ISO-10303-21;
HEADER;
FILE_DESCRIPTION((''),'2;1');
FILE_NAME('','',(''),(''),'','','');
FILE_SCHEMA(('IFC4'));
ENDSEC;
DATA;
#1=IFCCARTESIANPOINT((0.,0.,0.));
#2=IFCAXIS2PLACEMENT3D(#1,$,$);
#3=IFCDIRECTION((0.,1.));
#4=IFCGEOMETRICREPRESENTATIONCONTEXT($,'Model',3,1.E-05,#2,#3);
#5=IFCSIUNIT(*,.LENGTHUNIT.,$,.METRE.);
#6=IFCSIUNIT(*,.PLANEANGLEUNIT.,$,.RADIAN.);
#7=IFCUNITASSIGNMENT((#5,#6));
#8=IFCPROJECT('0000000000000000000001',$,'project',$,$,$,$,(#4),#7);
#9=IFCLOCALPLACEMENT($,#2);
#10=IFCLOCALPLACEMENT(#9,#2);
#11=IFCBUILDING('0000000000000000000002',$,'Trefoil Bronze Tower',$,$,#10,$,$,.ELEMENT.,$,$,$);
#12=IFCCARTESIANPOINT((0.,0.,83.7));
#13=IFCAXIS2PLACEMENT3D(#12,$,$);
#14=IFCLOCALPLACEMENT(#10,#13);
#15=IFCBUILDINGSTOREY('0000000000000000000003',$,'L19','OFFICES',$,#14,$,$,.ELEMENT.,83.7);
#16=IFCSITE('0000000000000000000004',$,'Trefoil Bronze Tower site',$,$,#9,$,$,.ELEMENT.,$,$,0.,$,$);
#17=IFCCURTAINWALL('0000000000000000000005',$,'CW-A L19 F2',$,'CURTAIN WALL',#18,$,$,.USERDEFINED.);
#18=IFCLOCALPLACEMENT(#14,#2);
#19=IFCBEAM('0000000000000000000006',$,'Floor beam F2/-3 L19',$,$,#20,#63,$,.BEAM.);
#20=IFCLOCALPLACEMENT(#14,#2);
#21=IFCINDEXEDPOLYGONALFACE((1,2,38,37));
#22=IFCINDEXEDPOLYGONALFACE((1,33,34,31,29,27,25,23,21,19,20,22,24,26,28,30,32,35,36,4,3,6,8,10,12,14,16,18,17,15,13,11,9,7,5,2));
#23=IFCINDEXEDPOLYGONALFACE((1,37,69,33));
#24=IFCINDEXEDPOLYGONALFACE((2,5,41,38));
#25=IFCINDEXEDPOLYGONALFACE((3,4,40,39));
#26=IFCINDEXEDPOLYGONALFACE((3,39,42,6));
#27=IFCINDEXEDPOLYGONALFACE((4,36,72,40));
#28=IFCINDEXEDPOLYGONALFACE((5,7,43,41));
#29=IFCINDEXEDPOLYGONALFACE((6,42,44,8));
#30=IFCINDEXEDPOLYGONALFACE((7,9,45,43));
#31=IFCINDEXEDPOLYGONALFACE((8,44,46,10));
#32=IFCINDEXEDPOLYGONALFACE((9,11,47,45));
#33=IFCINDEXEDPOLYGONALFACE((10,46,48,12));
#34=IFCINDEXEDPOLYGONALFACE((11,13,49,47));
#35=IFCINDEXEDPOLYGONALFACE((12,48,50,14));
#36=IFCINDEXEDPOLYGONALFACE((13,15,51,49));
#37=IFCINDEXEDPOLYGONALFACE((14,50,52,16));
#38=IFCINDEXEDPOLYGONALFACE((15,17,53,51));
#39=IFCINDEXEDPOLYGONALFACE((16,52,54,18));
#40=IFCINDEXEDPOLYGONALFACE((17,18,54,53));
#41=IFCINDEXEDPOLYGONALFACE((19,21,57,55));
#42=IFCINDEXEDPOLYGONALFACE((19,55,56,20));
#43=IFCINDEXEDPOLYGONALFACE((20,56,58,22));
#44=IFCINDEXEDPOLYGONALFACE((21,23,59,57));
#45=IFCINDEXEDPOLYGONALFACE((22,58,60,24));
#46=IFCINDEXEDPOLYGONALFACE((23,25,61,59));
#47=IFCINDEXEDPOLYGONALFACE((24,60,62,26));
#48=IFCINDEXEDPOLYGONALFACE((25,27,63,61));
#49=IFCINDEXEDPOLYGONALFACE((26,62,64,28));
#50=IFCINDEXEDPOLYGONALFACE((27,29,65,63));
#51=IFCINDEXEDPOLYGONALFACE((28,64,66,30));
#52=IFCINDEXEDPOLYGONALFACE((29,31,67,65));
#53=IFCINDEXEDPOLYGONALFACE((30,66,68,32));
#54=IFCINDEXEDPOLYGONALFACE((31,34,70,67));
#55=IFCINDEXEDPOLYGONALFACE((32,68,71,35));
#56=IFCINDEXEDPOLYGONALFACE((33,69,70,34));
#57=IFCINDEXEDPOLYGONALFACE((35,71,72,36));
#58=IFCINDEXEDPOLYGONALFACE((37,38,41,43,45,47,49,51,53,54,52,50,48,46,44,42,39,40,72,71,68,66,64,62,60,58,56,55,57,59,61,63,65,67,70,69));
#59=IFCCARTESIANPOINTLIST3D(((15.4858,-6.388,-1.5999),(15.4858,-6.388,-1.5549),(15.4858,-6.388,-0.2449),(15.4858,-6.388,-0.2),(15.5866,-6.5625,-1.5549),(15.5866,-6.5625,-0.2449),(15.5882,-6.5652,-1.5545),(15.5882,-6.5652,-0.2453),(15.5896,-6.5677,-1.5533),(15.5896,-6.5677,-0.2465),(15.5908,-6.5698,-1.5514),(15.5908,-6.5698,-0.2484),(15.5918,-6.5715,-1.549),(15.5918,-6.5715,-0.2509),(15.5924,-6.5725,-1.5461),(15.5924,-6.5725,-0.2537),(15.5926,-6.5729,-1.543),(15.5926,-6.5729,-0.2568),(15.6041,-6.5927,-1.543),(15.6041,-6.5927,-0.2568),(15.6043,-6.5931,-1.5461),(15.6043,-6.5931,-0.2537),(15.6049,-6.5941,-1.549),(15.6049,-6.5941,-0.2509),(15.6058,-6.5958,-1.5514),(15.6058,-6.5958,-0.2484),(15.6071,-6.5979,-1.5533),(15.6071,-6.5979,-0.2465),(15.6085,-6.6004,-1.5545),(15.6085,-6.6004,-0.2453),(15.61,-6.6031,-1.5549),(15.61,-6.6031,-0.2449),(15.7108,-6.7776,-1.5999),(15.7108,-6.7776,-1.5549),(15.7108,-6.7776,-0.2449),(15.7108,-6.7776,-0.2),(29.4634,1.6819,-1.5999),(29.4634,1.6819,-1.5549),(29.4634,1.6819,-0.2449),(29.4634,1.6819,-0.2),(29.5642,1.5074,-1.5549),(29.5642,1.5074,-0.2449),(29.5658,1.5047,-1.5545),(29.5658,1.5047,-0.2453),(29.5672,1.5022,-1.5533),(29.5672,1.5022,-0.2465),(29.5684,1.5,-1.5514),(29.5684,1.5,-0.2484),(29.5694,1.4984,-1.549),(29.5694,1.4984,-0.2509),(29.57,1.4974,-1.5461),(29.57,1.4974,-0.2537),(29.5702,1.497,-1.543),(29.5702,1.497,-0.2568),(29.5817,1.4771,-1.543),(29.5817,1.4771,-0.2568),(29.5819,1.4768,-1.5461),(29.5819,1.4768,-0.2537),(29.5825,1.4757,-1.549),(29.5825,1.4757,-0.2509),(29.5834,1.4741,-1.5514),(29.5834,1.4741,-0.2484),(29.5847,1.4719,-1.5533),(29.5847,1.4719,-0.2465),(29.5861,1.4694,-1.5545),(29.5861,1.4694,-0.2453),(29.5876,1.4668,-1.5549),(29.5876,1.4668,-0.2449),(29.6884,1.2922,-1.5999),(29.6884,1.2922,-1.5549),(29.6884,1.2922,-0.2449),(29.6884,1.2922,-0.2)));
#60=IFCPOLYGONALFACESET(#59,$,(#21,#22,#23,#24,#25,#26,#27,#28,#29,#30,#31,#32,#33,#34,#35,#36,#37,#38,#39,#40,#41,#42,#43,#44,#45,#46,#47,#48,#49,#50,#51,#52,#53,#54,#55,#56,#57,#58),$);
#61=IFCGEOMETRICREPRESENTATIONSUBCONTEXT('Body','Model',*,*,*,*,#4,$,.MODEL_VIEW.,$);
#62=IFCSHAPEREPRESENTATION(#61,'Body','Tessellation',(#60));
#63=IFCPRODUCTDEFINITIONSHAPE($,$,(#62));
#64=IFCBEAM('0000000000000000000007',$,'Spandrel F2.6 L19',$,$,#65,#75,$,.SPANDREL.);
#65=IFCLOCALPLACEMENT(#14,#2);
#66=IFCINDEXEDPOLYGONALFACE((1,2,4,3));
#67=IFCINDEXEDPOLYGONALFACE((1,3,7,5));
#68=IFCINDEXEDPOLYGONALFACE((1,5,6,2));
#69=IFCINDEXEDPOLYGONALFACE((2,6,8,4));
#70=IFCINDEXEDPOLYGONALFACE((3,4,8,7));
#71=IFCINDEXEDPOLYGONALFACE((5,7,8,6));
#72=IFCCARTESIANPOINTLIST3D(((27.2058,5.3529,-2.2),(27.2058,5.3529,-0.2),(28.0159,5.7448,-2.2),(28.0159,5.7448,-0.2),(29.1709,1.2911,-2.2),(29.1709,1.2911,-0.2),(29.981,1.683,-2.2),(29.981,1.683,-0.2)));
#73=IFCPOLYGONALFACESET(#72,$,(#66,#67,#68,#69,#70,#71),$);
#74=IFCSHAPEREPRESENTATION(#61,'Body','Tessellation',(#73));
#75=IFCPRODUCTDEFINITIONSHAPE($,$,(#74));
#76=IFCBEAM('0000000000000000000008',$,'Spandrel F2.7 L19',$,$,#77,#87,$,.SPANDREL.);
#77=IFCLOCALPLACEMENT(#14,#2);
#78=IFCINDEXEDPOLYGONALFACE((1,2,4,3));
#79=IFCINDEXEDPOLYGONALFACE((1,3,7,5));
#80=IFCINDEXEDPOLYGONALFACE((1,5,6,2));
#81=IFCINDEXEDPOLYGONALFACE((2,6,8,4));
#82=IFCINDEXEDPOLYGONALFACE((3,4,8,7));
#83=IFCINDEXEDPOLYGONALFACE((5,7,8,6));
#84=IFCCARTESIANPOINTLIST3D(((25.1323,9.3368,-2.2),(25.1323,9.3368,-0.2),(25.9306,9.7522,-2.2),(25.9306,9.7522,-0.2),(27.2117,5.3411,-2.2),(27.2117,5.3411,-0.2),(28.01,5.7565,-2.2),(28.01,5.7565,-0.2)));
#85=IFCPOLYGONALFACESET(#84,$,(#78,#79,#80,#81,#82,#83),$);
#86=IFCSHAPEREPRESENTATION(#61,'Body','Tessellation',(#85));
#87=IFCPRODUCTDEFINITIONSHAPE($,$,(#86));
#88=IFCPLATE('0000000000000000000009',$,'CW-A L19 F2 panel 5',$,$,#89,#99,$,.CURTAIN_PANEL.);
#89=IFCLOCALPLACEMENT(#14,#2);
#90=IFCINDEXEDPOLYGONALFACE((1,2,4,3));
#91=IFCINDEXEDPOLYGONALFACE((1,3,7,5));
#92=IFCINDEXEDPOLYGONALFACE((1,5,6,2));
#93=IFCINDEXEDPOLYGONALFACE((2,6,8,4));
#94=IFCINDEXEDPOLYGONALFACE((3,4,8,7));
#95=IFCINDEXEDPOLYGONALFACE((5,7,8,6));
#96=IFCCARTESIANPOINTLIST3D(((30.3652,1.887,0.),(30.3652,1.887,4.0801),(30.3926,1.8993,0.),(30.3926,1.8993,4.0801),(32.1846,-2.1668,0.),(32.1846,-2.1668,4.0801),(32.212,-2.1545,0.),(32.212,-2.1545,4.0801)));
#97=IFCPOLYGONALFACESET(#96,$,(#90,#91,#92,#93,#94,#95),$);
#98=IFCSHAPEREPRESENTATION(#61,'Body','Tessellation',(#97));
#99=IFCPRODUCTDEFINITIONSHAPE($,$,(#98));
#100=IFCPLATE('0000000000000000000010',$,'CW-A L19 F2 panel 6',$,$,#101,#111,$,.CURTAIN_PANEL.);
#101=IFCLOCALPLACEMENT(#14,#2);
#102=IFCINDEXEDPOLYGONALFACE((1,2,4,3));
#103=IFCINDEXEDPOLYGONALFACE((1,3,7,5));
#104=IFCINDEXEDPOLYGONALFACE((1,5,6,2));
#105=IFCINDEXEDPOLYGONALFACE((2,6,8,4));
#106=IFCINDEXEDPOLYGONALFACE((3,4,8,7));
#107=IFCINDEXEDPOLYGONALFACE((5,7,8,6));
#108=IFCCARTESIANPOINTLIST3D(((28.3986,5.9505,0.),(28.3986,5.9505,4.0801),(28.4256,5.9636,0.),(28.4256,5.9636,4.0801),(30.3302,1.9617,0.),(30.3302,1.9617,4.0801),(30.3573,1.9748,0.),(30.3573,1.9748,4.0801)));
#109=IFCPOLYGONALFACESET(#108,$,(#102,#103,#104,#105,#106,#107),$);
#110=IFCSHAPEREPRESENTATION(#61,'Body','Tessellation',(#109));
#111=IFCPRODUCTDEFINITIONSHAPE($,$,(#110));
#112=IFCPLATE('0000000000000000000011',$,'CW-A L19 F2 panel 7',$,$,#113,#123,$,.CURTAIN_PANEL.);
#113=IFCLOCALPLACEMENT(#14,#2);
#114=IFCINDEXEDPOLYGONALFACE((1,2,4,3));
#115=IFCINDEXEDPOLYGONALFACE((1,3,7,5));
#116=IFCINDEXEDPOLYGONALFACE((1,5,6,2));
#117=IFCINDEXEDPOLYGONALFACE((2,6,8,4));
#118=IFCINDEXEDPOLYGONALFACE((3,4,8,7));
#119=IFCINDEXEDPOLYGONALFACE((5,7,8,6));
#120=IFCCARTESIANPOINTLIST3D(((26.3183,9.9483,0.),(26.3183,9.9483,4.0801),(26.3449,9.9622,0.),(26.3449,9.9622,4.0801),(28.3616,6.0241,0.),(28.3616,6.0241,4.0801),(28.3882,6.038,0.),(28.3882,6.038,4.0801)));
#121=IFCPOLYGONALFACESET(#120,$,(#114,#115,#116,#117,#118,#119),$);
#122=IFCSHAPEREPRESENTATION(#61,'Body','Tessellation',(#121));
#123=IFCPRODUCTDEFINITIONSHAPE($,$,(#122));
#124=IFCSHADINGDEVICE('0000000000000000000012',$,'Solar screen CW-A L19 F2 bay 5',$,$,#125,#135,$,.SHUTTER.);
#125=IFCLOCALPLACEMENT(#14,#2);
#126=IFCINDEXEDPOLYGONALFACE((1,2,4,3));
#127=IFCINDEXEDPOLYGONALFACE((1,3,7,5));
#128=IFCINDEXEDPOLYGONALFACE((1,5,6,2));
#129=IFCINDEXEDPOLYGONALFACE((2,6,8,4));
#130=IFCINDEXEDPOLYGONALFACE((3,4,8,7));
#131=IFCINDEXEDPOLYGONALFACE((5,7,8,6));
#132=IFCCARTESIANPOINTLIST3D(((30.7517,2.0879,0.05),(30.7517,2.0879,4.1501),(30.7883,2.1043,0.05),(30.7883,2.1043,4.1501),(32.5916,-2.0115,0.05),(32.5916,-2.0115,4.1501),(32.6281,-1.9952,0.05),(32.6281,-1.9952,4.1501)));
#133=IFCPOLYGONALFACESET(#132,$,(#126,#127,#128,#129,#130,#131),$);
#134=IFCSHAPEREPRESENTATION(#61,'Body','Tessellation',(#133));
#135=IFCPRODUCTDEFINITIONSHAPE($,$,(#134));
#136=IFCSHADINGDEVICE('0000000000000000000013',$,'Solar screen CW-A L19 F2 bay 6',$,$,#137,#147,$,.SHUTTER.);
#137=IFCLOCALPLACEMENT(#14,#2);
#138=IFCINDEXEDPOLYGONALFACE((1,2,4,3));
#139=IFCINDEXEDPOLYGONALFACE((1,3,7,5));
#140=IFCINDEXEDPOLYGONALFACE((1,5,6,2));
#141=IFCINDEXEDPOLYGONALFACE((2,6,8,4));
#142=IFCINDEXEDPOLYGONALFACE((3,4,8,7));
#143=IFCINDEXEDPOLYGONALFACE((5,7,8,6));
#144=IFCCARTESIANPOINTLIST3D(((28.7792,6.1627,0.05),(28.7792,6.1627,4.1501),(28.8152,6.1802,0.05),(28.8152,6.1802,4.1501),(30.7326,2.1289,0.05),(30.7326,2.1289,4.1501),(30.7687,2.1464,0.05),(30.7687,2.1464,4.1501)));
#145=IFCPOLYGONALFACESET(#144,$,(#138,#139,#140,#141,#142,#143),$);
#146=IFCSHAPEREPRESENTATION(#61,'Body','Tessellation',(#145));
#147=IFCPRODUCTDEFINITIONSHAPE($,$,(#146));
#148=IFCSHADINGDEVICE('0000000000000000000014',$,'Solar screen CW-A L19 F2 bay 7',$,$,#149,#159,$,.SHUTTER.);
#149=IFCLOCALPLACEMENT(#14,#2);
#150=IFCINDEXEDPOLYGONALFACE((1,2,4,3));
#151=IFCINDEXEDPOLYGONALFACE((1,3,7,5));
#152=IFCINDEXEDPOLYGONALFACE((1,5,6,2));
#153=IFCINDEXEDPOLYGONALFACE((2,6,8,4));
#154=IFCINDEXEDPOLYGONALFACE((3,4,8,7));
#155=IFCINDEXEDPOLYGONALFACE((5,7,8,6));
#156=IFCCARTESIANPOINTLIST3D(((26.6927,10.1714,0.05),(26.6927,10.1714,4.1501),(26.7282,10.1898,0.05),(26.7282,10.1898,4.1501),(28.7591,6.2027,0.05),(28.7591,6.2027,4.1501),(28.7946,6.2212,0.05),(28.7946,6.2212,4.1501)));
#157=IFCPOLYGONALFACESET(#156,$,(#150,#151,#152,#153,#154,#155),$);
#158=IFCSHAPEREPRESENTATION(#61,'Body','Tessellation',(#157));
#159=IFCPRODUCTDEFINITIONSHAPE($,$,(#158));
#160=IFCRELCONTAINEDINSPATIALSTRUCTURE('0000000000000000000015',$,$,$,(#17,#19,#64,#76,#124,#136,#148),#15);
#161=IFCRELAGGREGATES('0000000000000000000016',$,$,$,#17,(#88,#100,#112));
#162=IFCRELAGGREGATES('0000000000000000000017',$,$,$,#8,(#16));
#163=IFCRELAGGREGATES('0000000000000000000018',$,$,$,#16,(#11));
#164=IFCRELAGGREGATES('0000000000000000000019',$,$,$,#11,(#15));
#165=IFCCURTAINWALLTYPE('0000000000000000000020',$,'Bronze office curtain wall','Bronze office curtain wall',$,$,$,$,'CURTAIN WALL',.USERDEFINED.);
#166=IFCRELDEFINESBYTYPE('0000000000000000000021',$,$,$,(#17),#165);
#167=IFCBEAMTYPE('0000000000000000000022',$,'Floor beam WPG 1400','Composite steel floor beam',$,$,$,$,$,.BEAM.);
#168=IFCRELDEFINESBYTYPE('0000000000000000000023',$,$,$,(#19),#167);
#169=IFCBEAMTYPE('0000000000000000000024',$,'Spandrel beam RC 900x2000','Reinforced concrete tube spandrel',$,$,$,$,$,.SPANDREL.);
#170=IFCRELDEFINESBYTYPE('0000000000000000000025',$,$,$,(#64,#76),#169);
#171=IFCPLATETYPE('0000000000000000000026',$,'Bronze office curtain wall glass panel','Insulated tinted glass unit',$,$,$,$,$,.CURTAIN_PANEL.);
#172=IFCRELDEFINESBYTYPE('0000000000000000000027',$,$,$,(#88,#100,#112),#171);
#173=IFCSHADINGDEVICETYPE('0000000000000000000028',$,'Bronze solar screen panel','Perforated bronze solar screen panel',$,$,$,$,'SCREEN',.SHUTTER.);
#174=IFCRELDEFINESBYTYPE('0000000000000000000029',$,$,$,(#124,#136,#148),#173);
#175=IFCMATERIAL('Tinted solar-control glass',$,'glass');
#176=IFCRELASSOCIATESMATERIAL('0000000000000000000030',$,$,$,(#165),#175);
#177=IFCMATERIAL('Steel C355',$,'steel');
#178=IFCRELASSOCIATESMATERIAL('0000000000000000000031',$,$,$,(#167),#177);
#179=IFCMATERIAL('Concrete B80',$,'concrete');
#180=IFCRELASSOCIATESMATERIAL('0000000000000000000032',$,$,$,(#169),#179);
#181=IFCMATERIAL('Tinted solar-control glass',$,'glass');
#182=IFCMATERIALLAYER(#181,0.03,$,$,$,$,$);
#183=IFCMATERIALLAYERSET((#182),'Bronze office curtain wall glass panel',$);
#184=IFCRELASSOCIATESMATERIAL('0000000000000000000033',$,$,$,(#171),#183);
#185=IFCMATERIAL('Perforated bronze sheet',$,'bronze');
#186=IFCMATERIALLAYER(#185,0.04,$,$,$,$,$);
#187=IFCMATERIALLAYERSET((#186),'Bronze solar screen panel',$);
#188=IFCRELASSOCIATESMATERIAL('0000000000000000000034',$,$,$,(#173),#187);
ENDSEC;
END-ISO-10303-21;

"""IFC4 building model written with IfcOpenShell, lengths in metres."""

from ifc_helpers import new_model, si_unit, direction, frame, origin, origin_2d, place, context, subcontext, project, spatial, rectangle, i_section, extrude, material, layer, layer_set, material_profile, profile_set, type_object, element, aggregate, save


model = new_model("IFC4")

# Units and contexts
model_context = context("Model", 3, precision=1e-05, world=origin(), true_north=direction((0.0, 1.0)))
body_context = subcontext(model_context, "Body", "Model", "MODEL_VIEW")
ifc_project = project(units=[si_unit("LENGTHUNIT", "METRE"), si_unit("PLANEANGLEUNIT", "RADIAN")], contexts=[model_context])

# Site, building, storey
site_placement = place(None, origin())
site = spatial("IfcSite", under=ifc_project, at=site_placement, Name="Trefoil Bronze Tower site", CompositionType="ELEMENT", RefElevation=0.0)
building_placement = place(site_placement, origin())
building = spatial("IfcBuilding", under=site, at=building_placement, Name="Trefoil Bronze Tower", CompositionType="ELEMENT")
storey_placement = place(building_placement, frame((0.0, 0.0, 83.7)))
storey = spatial("IfcBuildingStorey", under=building, at=storey_placement, Name="L19", Description="OFFICES", CompositionType="ELEMENT", Elevation=83.7)

# Curtain wall
ifc_material_1 = material(Name="Tinted solar-control glass", Category="glass")
curtain_wall_type = type_object("IfcCurtainWallType", Name="Bronze office curtain wall", Description="Bronze office curtain wall", ElementType="CURTAIN WALL", PredefinedType="USERDEFINED", material=ifc_material_1)
curtain_wall_placement = place(storey_placement, origin())
curtain_wall = element("IfcCurtainWall", 1, at=curtain_wall_placement, inside=storey, type_object=curtain_wall_type, Name="CW-A L19 F2", ObjectType="CURTAIN WALL", PredefinedType="USERDEFINED")

# Beams
ifc_material_2 = material(Name="Steel C355", Category="steel")
ifc_material_profile_1 = material_profile(ifc_material_2, i_section(OverallWidth=0.45, OverallDepth=1.3999, WebThickness=0.0229, FlangeThickness=0.0449, FilletRadius=0.012, at=origin_2d()), Name="WPG 1400")
ifc_profile_set_1 = profile_set([ifc_material_profile_1], Name="Steel C355")
beam_type_1 = type_object("IfcBeamType", Name="Floor beam WPG 1400", Description="Composite steel floor beam", PredefinedType="BEAM", material=ifc_profile_set_1)
beam_1_placement = place(storey_placement, frame((29.5759, 1.4871, -0.8999), z_axis=(-0.866028, -0.499995, 0.0), x_axis=(0.499995, -0.866028, 0.0)))
element("IfcBeam", 2, at=beam_1_placement, inside=storey, type_object=beam_type_1, Name="Floor beam F2/-3 L19", PredefinedType="BEAM", context=body_context, shape_type="SweptSolid", body=[
    extrude(i_section(OverallWidth=0.45, OverallDepth=1.3999, WebThickness=0.0229, FlangeThickness=0.0449, FilletRadius=0.012, at=origin_2d()), origin(), (0.0, 0.0, 1.0), 16.1399),
])
ifc_material_3 = material(Name="Concrete B80", Category="concrete")
ifc_material_profile_2 = material_profile(ifc_material_3, rectangle(XDim=0.8999, YDim=2.0, at=origin_2d()), Name="RC 900x2000")
ifc_profile_set_2 = profile_set([ifc_material_profile_2], Name="Concrete B80")
beam_type_2 = type_object("IfcBeamType", Name="Spandrel beam RC 900x2000", Description="Reinforced concrete tube spandrel", PredefinedType="SPANDREL", material=ifc_profile_set_2)
beam_2_placement = place(storey_placement, frame((29.5759, 1.4871, -1.2), z_axis=(-0.43551, 0.900184, 0.0), x_axis=(-0.900184, -0.43551, 0.0)))
element("IfcBeam", 3, at=beam_2_placement, inside=storey, type_object=beam_type_2, Name="Spandrel F2.6 L19", PredefinedType="SPANDREL", context=body_context, shape_type="SweptSolid", body=[
    extrude(rectangle(XDim=0.8999, YDim=2.0, at=origin_2d()), origin(), (0.0, 0.0, 1.0), 4.5122),
])
beam_3_placement = place(storey_placement, frame((27.6108, 5.5488, -1.2), z_axis=(-0.461638, 0.887069, 0.0), x_axis=(-0.887069, -0.461638, 0.0)))
element("IfcBeam", 4, at=beam_3_placement, inside=storey, type_object=beam_type_2, Name="Spandrel F2.7 L19", PredefinedType="SPANDREL", context=body_context, shape_type="SweptSolid", body=[
    extrude(rectangle(XDim=0.8999, YDim=2.0, at=origin_2d()), origin(), (0.0, 0.0, 1.0), 4.5044),
])

# Plates
ifc_material_4 = material(Name="Tinted solar-control glass", Category="glass")
ifc_layer_1 = layer(ifc_material_4, 0.03)
ifc_layer_set_1 = layer_set([ifc_layer_1], Name="Bronze office curtain wall glass panel")
plate_type = type_object("IfcPlateType", Name="Bronze office curtain wall glass panel", Description="Insulated tinted glass unit", PredefinedType="CURTAIN_PANEL", material=ifc_layer_set_1)
plate_1_placement = place(storey_placement, frame((31.2886, -0.1338, 0.0), z_axis=(0.0, 0.0, 1.0), x_axis=(-0.409456, 0.91233, 0.0)))
plate_1 = element("IfcPlate", 5, at=plate_1_placement, type_object=plate_type, Name="CW-A L19 F2 panel 5", PredefinedType="CURTAIN_PANEL", context=body_context, shape_type="SweptSolid", body=[
    extrude(rectangle(XDim=4.4434, YDim=0.03, at=origin_2d()), origin(), (0.0, 0.0, 1.0), 4.0801),
])
plate_2_placement = place(storey_placement, frame((29.3779, 3.9626, 0.0), z_axis=(0.0, 0.0, 1.0), x_axis=(-0.435855, 0.900017, 0.0)))
plate_2 = element("IfcPlate", 6, at=plate_2_placement, type_object=plate_type, Name="CW-A L19 F2 panel 6", PredefinedType="CURTAIN_PANEL", context=body_context, shape_type="SweptSolid", body=[
    extrude(rectangle(XDim=4.4319, YDim=0.03, at=origin_2d()), origin(), (0.0, 0.0, 1.0), 4.0801),
])
plate_3_placement = place(storey_placement, frame((27.3533, 7.9932, 0.0), z_axis=(0.0, 0.0, 1.0), x_axis=(-0.46183, 0.886969, 0.0)))
plate_3 = element("IfcPlate", 7, at=plate_3_placement, type_object=plate_type, Name="CW-A L19 F2 panel 7", PredefinedType="CURTAIN_PANEL", context=body_context, shape_type="SweptSolid", body=[
    extrude(rectangle(XDim=4.4243, YDim=0.03, at=origin_2d()), origin(), (0.0, 0.0, 1.0), 4.0801),
])
aggregate(curtain_wall, [plate_1, plate_2, plate_3])

# Shading devices
ifc_material_5 = material(Name="Perforated bronze sheet", Category="bronze")
ifc_layer_2 = layer(ifc_material_5, 0.04)
ifc_layer_set_2 = layer_set([ifc_layer_2], Name="Bronze solar screen panel")
shading_device_type = type_object("IfcShadingDeviceType", Name="Bronze solar screen panel", Description="Perforated bronze solar screen panel", ElementType="SCREEN", PredefinedType="SHUTTER", material=ifc_layer_set_2)
shading_device_1_placement = place(storey_placement, frame((31.6899, 0.0464, 0.05), z_axis=(0.0, 0.0, 1.0), x_axis=(-0.409456, 0.91233, 0.0)))
element("IfcShadingDevice", 8, at=shading_device_1_placement, inside=storey, type_object=shading_device_type, Name="Solar screen CW-A L19 F2 bay 5", PredefinedType="SHUTTER", context=body_context, shape_type="SweptSolid", body=[
    extrude(rectangle(XDim=4.4934, YDim=0.04, at=origin_2d()), origin(), (0.0, 0.0, 1.0), 4.1001),
])
shading_device_2_placement = place(storey_placement, frame((29.7739, 4.1545, 0.05), z_axis=(0.0, 0.0, 1.0), x_axis=(-0.435855, 0.900017, 0.0)))
element("IfcShadingDevice", 9, at=shading_device_2_placement, inside=storey, type_object=shading_device_type, Name="Solar screen CW-A L19 F2 bay 6", PredefinedType="SHUTTER", context=body_context, shape_type="SweptSolid", body=[
    extrude(rectangle(XDim=4.4819, YDim=0.04, at=origin_2d()), origin(), (0.0, 0.0, 1.0), 4.1001),
])
shading_device_3_placement = place(storey_placement, frame((27.7437, 8.1963, 0.05), z_axis=(0.0, 0.0, 1.0), x_axis=(-0.46183, 0.886969, 0.0)))
element("IfcShadingDevice", 10, at=shading_device_3_placement, inside=storey, type_object=shading_device_type, Name="Solar screen CW-A L19 F2 bay 7", PredefinedType="SHUTTER", context=body_context, shape_type="SweptSolid", body=[
    extrude(rectangle(XDim=4.4744, YDim=0.04, at=origin_2d()), origin(), (0.0, 0.0, 1.0), 4.1001),
])

save(model, "model.ifc")
